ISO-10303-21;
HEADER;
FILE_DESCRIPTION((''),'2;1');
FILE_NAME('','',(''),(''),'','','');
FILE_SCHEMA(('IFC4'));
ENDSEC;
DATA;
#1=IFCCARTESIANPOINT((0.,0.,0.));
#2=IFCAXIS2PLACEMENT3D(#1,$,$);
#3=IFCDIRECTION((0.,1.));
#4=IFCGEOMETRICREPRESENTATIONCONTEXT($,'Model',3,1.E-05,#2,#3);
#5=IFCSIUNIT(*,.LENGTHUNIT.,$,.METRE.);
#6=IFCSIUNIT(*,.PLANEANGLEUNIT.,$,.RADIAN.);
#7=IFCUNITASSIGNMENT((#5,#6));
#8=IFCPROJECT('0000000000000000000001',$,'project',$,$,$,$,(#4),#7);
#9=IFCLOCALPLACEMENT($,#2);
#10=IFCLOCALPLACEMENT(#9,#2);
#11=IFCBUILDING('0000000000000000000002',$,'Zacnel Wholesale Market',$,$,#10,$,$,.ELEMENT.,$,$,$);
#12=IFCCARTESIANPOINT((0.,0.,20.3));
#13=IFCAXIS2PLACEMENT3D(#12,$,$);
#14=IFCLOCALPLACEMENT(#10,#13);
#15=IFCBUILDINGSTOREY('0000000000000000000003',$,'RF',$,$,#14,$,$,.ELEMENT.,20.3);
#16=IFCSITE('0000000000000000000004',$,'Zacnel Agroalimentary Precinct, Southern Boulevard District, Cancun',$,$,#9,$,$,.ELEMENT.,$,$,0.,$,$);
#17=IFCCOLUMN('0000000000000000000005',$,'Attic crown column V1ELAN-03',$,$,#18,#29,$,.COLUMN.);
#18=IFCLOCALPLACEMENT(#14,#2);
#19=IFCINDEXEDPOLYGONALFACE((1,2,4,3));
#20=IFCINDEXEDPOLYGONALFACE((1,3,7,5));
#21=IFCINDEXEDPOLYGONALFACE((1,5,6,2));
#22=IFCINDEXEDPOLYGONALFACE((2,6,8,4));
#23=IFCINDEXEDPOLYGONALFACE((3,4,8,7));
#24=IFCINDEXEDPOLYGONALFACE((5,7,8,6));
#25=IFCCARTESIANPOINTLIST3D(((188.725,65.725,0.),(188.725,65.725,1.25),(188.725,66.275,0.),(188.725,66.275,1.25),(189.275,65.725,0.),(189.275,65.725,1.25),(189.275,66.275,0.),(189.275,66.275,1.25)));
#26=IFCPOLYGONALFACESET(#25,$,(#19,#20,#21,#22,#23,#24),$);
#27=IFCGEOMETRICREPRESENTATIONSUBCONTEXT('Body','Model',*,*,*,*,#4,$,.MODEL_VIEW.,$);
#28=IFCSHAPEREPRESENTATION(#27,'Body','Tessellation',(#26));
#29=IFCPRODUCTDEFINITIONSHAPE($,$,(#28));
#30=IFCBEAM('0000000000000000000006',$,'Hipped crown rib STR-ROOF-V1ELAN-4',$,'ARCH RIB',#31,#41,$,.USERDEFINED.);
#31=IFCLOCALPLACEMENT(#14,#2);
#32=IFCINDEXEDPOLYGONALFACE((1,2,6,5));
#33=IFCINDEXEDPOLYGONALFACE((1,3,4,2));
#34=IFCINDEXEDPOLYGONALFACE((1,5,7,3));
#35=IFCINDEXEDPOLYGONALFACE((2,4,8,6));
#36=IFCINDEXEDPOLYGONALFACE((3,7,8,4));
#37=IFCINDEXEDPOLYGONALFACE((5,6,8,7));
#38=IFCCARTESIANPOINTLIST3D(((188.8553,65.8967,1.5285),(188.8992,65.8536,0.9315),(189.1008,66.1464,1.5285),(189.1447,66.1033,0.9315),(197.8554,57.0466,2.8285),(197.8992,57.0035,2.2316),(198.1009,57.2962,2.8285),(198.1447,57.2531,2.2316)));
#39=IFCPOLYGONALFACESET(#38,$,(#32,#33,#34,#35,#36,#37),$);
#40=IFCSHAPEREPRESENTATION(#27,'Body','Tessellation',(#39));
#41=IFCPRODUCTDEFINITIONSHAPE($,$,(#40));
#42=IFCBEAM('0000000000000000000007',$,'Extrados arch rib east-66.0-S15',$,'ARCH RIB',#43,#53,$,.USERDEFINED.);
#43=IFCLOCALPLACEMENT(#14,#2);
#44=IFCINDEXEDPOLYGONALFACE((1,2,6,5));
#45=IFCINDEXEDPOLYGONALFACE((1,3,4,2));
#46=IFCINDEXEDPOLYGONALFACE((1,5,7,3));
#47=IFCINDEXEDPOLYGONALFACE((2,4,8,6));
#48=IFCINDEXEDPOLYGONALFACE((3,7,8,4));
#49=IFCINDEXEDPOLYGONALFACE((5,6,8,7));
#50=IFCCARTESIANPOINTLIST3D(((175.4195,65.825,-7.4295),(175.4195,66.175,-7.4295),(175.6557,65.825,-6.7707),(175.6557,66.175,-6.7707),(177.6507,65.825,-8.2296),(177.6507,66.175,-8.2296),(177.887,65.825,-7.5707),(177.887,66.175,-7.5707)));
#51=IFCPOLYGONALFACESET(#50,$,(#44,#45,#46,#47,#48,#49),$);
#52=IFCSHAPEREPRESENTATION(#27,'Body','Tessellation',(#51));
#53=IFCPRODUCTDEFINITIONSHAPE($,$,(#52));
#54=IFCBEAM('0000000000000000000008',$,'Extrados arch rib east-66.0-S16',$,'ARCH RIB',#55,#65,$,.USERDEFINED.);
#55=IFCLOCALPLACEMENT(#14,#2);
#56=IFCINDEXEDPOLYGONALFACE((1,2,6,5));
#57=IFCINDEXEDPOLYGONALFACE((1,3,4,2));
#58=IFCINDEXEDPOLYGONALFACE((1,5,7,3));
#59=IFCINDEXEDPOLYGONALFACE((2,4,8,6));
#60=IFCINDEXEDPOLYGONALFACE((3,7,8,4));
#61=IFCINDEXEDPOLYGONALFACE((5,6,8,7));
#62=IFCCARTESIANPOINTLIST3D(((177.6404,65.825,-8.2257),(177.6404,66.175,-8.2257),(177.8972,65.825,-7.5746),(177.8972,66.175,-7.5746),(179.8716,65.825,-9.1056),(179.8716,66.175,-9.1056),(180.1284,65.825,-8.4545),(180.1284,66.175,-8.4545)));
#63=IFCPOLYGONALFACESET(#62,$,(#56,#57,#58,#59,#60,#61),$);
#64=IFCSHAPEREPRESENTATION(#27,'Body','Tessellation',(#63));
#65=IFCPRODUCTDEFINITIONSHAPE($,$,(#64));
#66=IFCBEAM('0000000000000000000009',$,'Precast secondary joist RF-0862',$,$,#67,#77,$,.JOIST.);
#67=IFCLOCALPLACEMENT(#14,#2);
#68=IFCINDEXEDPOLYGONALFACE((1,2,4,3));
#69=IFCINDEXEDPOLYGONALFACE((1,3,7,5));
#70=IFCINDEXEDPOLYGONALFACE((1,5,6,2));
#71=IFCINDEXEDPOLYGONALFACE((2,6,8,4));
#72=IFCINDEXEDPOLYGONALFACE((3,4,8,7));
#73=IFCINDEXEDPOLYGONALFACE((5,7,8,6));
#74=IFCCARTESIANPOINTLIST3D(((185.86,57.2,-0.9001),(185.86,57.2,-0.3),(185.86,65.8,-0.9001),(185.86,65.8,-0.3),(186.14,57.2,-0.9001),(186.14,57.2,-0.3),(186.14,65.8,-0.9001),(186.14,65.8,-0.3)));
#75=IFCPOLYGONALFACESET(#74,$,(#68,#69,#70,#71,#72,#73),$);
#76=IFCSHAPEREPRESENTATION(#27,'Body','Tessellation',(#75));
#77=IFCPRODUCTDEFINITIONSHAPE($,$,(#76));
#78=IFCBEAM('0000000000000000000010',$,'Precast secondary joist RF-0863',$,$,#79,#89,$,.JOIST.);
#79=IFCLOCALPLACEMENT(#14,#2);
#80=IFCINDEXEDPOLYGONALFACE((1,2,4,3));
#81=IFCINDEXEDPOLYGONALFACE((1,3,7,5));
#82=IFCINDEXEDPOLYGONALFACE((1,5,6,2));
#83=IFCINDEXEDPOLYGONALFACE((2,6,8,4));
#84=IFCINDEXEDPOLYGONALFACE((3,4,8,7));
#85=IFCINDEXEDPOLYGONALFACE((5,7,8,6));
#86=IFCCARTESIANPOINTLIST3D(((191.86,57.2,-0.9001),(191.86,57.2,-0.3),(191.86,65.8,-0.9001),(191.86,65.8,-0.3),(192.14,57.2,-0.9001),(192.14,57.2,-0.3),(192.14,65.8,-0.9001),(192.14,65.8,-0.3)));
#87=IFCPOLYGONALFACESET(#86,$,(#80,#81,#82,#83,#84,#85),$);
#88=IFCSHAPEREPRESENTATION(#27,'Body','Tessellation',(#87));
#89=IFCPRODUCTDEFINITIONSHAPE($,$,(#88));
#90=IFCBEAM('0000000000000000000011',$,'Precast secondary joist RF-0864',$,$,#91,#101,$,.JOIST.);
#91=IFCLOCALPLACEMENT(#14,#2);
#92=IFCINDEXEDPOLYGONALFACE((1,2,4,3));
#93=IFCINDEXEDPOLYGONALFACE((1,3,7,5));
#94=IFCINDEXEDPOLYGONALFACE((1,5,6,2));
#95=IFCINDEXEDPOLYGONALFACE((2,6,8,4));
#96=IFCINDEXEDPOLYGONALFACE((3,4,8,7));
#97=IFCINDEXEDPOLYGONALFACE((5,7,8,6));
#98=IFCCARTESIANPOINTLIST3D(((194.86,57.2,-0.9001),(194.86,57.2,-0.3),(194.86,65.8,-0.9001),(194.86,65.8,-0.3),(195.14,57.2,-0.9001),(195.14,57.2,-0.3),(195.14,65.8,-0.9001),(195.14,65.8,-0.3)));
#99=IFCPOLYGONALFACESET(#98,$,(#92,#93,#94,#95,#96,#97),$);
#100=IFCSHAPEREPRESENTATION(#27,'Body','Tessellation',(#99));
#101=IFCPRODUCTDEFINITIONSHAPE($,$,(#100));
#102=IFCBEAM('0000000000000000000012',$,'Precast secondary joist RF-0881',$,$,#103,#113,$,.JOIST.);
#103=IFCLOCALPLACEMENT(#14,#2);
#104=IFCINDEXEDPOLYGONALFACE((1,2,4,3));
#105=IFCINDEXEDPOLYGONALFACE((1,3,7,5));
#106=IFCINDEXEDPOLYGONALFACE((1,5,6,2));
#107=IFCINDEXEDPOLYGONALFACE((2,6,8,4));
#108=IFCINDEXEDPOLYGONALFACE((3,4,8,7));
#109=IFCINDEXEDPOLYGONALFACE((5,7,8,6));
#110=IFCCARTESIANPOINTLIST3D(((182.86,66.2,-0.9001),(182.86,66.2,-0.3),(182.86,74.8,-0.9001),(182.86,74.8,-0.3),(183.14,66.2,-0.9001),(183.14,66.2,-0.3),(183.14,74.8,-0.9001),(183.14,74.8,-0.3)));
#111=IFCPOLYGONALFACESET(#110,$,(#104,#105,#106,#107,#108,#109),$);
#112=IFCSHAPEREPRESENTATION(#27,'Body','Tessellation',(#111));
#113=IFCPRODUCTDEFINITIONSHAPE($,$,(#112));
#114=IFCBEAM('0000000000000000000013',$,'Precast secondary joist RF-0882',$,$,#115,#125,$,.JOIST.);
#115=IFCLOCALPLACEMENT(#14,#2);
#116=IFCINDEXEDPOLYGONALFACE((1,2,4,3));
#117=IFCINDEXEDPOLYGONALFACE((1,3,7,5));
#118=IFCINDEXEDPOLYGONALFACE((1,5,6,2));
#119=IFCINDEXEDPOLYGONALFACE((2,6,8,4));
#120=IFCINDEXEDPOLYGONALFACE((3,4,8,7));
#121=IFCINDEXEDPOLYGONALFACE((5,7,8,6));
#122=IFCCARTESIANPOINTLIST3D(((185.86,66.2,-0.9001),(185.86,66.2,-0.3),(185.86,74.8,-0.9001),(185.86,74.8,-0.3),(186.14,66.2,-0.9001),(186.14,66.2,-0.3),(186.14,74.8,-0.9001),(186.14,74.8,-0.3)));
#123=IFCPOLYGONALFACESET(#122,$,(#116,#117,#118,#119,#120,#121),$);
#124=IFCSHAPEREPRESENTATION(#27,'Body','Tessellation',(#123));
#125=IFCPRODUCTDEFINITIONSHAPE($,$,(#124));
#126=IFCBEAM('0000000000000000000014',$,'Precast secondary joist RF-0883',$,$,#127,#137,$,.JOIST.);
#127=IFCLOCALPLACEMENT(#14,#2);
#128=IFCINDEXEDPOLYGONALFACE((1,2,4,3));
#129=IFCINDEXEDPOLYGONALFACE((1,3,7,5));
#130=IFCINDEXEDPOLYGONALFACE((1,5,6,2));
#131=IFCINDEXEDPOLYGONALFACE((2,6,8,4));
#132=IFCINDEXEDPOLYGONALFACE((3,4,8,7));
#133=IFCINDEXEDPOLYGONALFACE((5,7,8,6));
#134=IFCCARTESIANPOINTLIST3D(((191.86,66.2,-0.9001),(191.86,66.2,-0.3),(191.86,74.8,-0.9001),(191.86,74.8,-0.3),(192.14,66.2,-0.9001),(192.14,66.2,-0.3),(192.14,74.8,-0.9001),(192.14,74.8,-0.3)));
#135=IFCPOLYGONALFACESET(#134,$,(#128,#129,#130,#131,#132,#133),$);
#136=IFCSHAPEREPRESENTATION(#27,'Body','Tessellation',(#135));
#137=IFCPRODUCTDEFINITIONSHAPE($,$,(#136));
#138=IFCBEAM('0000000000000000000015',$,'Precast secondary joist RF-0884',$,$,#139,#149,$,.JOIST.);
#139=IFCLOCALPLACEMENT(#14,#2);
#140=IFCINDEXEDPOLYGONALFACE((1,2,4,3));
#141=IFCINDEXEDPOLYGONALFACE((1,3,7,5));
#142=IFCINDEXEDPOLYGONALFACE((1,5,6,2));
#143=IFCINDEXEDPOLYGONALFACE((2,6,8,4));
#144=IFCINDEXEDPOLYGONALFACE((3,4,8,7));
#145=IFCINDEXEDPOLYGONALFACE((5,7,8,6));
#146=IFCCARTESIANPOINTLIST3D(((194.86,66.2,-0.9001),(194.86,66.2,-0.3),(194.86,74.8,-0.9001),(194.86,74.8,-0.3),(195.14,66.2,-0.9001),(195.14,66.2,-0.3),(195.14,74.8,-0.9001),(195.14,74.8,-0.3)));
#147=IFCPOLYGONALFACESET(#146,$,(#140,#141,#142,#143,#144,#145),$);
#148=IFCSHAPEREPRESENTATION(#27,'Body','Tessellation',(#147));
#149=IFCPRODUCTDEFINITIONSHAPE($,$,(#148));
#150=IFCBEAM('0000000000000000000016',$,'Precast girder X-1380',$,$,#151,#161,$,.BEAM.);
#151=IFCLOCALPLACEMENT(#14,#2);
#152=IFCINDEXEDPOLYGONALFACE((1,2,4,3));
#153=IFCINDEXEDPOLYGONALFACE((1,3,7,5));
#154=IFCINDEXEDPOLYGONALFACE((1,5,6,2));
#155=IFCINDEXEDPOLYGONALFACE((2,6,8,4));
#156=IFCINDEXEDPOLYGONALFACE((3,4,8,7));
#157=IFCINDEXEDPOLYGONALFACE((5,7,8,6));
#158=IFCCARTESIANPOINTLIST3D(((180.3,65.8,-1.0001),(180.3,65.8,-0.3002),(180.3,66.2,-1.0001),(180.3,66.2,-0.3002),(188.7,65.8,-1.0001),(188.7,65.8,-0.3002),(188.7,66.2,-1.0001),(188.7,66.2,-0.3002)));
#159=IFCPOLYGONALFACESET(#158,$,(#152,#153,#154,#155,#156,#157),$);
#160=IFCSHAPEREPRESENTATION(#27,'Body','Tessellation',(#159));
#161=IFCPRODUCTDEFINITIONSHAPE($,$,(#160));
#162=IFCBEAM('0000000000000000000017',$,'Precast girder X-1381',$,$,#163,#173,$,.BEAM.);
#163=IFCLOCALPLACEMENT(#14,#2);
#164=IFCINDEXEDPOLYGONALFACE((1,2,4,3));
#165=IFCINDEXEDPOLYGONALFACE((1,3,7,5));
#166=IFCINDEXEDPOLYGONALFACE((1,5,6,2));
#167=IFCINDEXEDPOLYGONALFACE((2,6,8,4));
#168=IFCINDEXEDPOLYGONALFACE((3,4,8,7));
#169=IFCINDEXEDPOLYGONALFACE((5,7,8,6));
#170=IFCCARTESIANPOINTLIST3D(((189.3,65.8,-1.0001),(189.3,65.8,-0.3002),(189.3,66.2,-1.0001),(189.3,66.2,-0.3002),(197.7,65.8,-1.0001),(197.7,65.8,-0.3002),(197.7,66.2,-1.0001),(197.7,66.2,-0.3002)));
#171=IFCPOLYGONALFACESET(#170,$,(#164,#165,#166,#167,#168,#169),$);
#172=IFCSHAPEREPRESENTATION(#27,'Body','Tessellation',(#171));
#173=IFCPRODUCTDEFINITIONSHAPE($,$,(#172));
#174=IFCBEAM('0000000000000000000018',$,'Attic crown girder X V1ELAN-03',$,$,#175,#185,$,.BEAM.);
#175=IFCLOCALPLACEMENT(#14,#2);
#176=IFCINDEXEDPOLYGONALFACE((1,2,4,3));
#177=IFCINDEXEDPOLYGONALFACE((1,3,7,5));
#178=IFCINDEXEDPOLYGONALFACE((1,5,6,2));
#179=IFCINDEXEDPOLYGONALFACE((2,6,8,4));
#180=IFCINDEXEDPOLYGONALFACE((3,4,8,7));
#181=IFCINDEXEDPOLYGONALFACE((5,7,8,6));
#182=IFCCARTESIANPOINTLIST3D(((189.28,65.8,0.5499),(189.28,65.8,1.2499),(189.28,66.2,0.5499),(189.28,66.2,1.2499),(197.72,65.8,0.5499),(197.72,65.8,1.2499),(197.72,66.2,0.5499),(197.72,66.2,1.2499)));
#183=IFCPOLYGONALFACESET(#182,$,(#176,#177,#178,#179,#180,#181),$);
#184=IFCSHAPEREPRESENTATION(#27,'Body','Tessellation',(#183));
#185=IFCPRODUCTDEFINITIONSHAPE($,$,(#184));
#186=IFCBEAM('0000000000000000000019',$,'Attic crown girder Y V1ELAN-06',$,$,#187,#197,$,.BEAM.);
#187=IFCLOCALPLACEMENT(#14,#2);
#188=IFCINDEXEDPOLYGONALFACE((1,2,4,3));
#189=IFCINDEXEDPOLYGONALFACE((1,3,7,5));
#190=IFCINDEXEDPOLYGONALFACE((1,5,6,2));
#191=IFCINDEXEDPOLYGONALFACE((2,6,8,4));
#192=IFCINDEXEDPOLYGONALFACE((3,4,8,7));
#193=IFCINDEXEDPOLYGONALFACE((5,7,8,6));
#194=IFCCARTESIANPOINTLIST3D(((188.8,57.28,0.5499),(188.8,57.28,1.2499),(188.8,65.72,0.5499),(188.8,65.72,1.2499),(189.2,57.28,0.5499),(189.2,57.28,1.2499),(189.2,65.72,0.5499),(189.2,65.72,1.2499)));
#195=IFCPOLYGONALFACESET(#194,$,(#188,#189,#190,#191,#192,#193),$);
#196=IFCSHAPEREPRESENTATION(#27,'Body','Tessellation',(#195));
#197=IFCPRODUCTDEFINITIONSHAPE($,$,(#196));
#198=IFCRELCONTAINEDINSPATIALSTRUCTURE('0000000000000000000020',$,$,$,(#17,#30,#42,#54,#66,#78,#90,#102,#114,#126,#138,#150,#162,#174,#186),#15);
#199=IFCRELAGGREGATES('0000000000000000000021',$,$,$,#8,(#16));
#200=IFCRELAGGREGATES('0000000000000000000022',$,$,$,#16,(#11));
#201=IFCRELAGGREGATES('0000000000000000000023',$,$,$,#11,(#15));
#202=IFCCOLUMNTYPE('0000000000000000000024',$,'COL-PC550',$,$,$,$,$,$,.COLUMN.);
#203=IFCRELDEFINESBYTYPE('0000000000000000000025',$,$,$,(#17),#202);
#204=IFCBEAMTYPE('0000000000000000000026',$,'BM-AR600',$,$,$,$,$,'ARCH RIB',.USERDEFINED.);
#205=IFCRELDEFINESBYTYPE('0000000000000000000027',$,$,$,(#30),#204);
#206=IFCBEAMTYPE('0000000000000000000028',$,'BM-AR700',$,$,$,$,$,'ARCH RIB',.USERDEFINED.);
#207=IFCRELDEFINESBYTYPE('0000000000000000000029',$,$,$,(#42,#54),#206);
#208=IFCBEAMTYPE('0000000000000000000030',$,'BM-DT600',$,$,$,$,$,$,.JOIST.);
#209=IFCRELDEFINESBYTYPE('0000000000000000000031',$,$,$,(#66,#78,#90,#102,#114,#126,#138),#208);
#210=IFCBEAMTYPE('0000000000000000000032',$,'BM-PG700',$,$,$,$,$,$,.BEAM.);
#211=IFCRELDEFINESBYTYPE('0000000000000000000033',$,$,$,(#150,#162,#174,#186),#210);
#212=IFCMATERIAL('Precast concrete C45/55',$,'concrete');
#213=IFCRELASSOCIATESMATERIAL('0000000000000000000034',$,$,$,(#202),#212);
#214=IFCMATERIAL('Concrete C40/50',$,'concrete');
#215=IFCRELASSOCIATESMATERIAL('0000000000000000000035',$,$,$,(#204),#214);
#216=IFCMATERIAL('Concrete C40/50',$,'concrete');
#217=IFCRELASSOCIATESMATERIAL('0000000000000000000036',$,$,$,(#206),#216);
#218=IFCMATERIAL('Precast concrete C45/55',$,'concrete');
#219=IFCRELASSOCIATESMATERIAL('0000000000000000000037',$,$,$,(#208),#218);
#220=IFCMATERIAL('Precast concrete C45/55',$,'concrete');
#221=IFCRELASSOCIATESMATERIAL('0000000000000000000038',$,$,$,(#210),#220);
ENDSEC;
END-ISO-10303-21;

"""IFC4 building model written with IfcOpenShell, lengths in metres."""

from ifc_helpers import new_model, si_unit, direction, frame, origin, origin_2d, place, context, subcontext, project, spatial, rectangle, extrude, material, material_profile, profile_set, type_object, element, save


model = new_model("IFC4")

# Units and contexts
model_context = context("Model", 3, precision=1e-05, world=origin(), true_north=direction((0.0, 1.0)))
body_context = subcontext(model_context, "Body", "Model", "MODEL_VIEW")
ifc_project = project(units=[si_unit("LENGTHUNIT", "METRE"), si_unit("PLANEANGLEUNIT", "RADIAN")], contexts=[model_context])

# Site, building, storey
site_placement = place(None, origin())
site = spatial("IfcSite", under=ifc_project, at=site_placement, Name="Zacnel Agroalimentary Precinct, Southern Boulevard District, Cancun", CompositionType="ELEMENT", RefElevation=0.0)
building_placement = place(site_placement, origin())
building = spatial("IfcBuilding", under=site, at=building_placement, Name="Zacnel Wholesale Market", CompositionType="ELEMENT")
storey_placement = place(building_placement, frame((0.0, 0.0, 20.3)))
storey = spatial("IfcBuildingStorey", under=building, at=storey_placement, Name="RF", CompositionType="ELEMENT", Elevation=20.3)

# Column
ifc_material_1 = material(Name="Precast concrete C45/55", Category="concrete")
ifc_material_profile_1 = material_profile(ifc_material_1, rectangle(XDim=0.55, YDim=0.55, at=origin_2d()), Name="PC 550x550")
ifc_profile_set_1 = profile_set([ifc_material_profile_1], Name="Precast concrete C45/55")
column_type = type_object("IfcColumnType", Name="COL-PC550", PredefinedType="COLUMN", material=ifc_profile_set_1)
column_placement = place(storey_placement, frame((189.0, 66.0, 0.0), z_axis=(0.0, 0.0, 1.0), x_axis=(1.0, 0.0, 0.0)))
element("IfcColumn", 1, at=column_placement, inside=storey, type_object=column_type, Name="Attic crown column V1ELAN-03", PredefinedType="COLUMN", context=body_context, shape_type="SweptSolid", body=[
    extrude(rectangle(XDim=0.55, YDim=0.55, at=origin_2d()), origin(), (0.0, 0.0, 1.0), 1.25),
])

# Beams
ifc_material_2 = material(Name="Concrete C40/50", Category="concrete")
ifc_material_profile_2 = material_profile(ifc_material_2, rectangle(XDim=0.3501, YDim=0.6001, at=origin_2d()), Name="ARCH RIB 350x600")
ifc_profile_set_2 = profile_set([ifc_material_profile_2], Name="Concrete C40/50")
beam_type_1 = type_object("IfcBeamType", Name="BM-AR600", ElementType="ARCH RIB", PredefinedType="USERDEFINED", material=ifc_profile_set_2)
beam_1_placement = place(storey_placement, frame((189.0, 66.0, 1.23), z_axis=(0.709268, -0.697454, 0.102454), x_axis=(0.701144, 0.71302, 0.0)))
element("IfcBeam", 2, at=beam_1_placement, inside=storey, type_object=beam_type_1, Name="Hipped crown rib STR-ROOF-V1ELAN-4", ObjectType="ARCH RIB", PredefinedType="USERDEFINED", context=body_context, shape_type="SweptSolid", body=[
    extrude(rectangle(XDim=0.3501, YDim=0.6001, at=origin_2d()), origin(), (0.0, 0.0, 1.0), 12.6892),
])
ifc_material_3 = material(Name="Concrete C40/50", Category="concrete")
ifc_material_profile_3 = material_profile(ifc_material_3, rectangle(XDim=0.3501, YDim=0.7, at=origin_2d()), Name="ARCH RIB 350x700")
ifc_profile_set_3 = profile_set([ifc_material_profile_3], Name="Concrete C40/50")
beam_type_2 = type_object("IfcBeamType", Name="BM-AR700", ElementType="ARCH RIB", PredefinedType="USERDEFINED", material=ifc_profile_set_3)
beam_2_placement = place(storey_placement, frame((175.5376, 66.0, -7.1001), z_axis=(0.941315, 0.0, -0.33753), x_axis=(0.0, 1.0, 0.0)))
element("IfcBeam", 3, at=beam_2_placement, inside=storey, type_object=beam_type_2, Name="Extrados arch rib east-66.0-S15", ObjectType="ARCH RIB", PredefinedType="USERDEFINED", context=body_context, shape_type="SweptSolid", body=[
    extrude(rectangle(XDim=0.3501, YDim=0.7, at=origin_2d()), origin(), (0.0, 0.0, 1.0), 2.3704),
])
beam_3_placement = place(storey_placement, frame((177.7688, 66.0, -7.9001), z_axis=(0.930277, 0.0, -0.366858), x_axis=(0.0, 1.0, 0.0)))
element("IfcBeam", 4, at=beam_3_placement, inside=storey, type_object=beam_type_2, Name="Extrados arch rib east-66.0-S16", ObjectType="ARCH RIB", PredefinedType="USERDEFINED", context=body_context, shape_type="SweptSolid", body=[
    extrude(rectangle(XDim=0.3501, YDim=0.7, at=origin_2d()), origin(), (0.0, 0.0, 1.0), 2.3984),
])
ifc_material_4 = material(Name="Precast concrete C45/55", Category="concrete")
ifc_material_profile_4 = material_profile(ifc_material_4, rectangle(XDim=0.28, YDim=0.6001, at=origin_2d()), Name="DT RIB 280x600")
ifc_profile_set_4 = profile_set([ifc_material_profile_4], Name="Precast concrete C45/55")
beam_type_3 = type_object("IfcBeamType", Name="BM-DT600", PredefinedType="JOIST", material=ifc_profile_set_4)
for number, where, z_axis, x_axis, name in (
    (5, (186.0, 57.2, -0.6001), (0.0, 1.0, 0.0), (-1.0, 0.0, 0.0), "Precast secondary joist RF-0862"),
    (6, (192.0, 57.2, -0.6001), (0.0, 1.0, 0.0), (-1.0, 0.0, 0.0), "Precast secondary joist RF-0863"),
    (7, (195.0, 57.2, -0.6001), (0.0, 1.0, 0.0), (-1.0, 0.0, 0.0), "Precast secondary joist RF-0864"),
    (8, (183.0, 66.2, -0.6001), (0.0, 1.0, 0.0), (-1.0, 0.0, 0.0), "Precast secondary joist RF-0881"),
    (9, (186.0, 66.2, -0.6001), (0.0, 1.0, 0.0), (-1.0, 0.0, 0.0), "Precast secondary joist RF-0882"),
    (10, (192.0, 66.2, -0.6001), (0.0, 1.0, 0.0), (-1.0, 0.0, 0.0), "Precast secondary joist RF-0883"),
    (11, (195.0, 66.2, -0.6001), (0.0, 1.0, 0.0), (-1.0, 0.0, 0.0), "Precast secondary joist RF-0884"),
):
    element("IfcBeam", number, at=place(storey_placement, frame(where, z_axis=z_axis, x_axis=x_axis)), inside=storey, type_object=beam_type_3, Name=name, PredefinedType="JOIST", context=body_context, shape_type="SweptSolid", body=[
        extrude(rectangle(XDim=0.28, YDim=0.6001, at=origin_2d()), origin(), (0.0, 0.0, 1.0), 8.6001),
    ])
ifc_material_5 = material(Name="Precast concrete C45/55", Category="concrete")
ifc_material_profile_5 = material_profile(ifc_material_5, rectangle(XDim=0.3999, YDim=0.7, at=origin_2d()), Name="PG 400x700")
ifc_profile_set_5 = profile_set([ifc_material_profile_5], Name="Precast concrete C45/55")
beam_type_4 = type_object("IfcBeamType", Name="BM-PG700", PredefinedType="BEAM", material=ifc_profile_set_5)
for number, where, z_axis, x_axis, name in (
    (12, (180.3, 66.0, -0.6501), (1.0, 0.0, 0.0), (0.0, 1.0, 0.0), "Precast girder X-1380"),
    (13, (189.3, 66.0, -0.6501), (1.0, 0.0, 0.0), (0.0, 1.0, 0.0), "Precast girder X-1381"),
):
    element("IfcBeam", number, at=place(storey_placement, frame(where, z_axis=z_axis, x_axis=x_axis)), inside=storey, type_object=beam_type_4, Name=name, PredefinedType="BEAM", context=body_context, shape_type="SweptSolid", body=[
        extrude(rectangle(XDim=0.3999, YDim=0.7, at=origin_2d()), origin(), (0.0, 0.0, 1.0), 8.3999),
    ])
for number, where, z_axis, x_axis, name in (
    (14, (189.28, 66.0, 0.8999), (1.0, 0.0, 0.0), (0.0, 1.0, 0.0), "Attic crown girder X V1ELAN-03"),
    (15, (189.0, 57.28, 0.8999), (0.0, 1.0, 0.0), (-1.0, 0.0, 0.0), "Attic crown girder Y V1ELAN-06"),
):
    element("IfcBeam", number, at=place(storey_placement, frame(where, z_axis=z_axis, x_axis=x_axis)), inside=storey, type_object=beam_type_4, Name=name, PredefinedType="BEAM", context=body_context, shape_type="SweptSolid", body=[
        extrude(rectangle(XDim=0.3999, YDim=0.7, at=origin_2d()), origin(), (0.0, 0.0, 1.0), 8.4399),
    ])

save(model, "model.ifc")
